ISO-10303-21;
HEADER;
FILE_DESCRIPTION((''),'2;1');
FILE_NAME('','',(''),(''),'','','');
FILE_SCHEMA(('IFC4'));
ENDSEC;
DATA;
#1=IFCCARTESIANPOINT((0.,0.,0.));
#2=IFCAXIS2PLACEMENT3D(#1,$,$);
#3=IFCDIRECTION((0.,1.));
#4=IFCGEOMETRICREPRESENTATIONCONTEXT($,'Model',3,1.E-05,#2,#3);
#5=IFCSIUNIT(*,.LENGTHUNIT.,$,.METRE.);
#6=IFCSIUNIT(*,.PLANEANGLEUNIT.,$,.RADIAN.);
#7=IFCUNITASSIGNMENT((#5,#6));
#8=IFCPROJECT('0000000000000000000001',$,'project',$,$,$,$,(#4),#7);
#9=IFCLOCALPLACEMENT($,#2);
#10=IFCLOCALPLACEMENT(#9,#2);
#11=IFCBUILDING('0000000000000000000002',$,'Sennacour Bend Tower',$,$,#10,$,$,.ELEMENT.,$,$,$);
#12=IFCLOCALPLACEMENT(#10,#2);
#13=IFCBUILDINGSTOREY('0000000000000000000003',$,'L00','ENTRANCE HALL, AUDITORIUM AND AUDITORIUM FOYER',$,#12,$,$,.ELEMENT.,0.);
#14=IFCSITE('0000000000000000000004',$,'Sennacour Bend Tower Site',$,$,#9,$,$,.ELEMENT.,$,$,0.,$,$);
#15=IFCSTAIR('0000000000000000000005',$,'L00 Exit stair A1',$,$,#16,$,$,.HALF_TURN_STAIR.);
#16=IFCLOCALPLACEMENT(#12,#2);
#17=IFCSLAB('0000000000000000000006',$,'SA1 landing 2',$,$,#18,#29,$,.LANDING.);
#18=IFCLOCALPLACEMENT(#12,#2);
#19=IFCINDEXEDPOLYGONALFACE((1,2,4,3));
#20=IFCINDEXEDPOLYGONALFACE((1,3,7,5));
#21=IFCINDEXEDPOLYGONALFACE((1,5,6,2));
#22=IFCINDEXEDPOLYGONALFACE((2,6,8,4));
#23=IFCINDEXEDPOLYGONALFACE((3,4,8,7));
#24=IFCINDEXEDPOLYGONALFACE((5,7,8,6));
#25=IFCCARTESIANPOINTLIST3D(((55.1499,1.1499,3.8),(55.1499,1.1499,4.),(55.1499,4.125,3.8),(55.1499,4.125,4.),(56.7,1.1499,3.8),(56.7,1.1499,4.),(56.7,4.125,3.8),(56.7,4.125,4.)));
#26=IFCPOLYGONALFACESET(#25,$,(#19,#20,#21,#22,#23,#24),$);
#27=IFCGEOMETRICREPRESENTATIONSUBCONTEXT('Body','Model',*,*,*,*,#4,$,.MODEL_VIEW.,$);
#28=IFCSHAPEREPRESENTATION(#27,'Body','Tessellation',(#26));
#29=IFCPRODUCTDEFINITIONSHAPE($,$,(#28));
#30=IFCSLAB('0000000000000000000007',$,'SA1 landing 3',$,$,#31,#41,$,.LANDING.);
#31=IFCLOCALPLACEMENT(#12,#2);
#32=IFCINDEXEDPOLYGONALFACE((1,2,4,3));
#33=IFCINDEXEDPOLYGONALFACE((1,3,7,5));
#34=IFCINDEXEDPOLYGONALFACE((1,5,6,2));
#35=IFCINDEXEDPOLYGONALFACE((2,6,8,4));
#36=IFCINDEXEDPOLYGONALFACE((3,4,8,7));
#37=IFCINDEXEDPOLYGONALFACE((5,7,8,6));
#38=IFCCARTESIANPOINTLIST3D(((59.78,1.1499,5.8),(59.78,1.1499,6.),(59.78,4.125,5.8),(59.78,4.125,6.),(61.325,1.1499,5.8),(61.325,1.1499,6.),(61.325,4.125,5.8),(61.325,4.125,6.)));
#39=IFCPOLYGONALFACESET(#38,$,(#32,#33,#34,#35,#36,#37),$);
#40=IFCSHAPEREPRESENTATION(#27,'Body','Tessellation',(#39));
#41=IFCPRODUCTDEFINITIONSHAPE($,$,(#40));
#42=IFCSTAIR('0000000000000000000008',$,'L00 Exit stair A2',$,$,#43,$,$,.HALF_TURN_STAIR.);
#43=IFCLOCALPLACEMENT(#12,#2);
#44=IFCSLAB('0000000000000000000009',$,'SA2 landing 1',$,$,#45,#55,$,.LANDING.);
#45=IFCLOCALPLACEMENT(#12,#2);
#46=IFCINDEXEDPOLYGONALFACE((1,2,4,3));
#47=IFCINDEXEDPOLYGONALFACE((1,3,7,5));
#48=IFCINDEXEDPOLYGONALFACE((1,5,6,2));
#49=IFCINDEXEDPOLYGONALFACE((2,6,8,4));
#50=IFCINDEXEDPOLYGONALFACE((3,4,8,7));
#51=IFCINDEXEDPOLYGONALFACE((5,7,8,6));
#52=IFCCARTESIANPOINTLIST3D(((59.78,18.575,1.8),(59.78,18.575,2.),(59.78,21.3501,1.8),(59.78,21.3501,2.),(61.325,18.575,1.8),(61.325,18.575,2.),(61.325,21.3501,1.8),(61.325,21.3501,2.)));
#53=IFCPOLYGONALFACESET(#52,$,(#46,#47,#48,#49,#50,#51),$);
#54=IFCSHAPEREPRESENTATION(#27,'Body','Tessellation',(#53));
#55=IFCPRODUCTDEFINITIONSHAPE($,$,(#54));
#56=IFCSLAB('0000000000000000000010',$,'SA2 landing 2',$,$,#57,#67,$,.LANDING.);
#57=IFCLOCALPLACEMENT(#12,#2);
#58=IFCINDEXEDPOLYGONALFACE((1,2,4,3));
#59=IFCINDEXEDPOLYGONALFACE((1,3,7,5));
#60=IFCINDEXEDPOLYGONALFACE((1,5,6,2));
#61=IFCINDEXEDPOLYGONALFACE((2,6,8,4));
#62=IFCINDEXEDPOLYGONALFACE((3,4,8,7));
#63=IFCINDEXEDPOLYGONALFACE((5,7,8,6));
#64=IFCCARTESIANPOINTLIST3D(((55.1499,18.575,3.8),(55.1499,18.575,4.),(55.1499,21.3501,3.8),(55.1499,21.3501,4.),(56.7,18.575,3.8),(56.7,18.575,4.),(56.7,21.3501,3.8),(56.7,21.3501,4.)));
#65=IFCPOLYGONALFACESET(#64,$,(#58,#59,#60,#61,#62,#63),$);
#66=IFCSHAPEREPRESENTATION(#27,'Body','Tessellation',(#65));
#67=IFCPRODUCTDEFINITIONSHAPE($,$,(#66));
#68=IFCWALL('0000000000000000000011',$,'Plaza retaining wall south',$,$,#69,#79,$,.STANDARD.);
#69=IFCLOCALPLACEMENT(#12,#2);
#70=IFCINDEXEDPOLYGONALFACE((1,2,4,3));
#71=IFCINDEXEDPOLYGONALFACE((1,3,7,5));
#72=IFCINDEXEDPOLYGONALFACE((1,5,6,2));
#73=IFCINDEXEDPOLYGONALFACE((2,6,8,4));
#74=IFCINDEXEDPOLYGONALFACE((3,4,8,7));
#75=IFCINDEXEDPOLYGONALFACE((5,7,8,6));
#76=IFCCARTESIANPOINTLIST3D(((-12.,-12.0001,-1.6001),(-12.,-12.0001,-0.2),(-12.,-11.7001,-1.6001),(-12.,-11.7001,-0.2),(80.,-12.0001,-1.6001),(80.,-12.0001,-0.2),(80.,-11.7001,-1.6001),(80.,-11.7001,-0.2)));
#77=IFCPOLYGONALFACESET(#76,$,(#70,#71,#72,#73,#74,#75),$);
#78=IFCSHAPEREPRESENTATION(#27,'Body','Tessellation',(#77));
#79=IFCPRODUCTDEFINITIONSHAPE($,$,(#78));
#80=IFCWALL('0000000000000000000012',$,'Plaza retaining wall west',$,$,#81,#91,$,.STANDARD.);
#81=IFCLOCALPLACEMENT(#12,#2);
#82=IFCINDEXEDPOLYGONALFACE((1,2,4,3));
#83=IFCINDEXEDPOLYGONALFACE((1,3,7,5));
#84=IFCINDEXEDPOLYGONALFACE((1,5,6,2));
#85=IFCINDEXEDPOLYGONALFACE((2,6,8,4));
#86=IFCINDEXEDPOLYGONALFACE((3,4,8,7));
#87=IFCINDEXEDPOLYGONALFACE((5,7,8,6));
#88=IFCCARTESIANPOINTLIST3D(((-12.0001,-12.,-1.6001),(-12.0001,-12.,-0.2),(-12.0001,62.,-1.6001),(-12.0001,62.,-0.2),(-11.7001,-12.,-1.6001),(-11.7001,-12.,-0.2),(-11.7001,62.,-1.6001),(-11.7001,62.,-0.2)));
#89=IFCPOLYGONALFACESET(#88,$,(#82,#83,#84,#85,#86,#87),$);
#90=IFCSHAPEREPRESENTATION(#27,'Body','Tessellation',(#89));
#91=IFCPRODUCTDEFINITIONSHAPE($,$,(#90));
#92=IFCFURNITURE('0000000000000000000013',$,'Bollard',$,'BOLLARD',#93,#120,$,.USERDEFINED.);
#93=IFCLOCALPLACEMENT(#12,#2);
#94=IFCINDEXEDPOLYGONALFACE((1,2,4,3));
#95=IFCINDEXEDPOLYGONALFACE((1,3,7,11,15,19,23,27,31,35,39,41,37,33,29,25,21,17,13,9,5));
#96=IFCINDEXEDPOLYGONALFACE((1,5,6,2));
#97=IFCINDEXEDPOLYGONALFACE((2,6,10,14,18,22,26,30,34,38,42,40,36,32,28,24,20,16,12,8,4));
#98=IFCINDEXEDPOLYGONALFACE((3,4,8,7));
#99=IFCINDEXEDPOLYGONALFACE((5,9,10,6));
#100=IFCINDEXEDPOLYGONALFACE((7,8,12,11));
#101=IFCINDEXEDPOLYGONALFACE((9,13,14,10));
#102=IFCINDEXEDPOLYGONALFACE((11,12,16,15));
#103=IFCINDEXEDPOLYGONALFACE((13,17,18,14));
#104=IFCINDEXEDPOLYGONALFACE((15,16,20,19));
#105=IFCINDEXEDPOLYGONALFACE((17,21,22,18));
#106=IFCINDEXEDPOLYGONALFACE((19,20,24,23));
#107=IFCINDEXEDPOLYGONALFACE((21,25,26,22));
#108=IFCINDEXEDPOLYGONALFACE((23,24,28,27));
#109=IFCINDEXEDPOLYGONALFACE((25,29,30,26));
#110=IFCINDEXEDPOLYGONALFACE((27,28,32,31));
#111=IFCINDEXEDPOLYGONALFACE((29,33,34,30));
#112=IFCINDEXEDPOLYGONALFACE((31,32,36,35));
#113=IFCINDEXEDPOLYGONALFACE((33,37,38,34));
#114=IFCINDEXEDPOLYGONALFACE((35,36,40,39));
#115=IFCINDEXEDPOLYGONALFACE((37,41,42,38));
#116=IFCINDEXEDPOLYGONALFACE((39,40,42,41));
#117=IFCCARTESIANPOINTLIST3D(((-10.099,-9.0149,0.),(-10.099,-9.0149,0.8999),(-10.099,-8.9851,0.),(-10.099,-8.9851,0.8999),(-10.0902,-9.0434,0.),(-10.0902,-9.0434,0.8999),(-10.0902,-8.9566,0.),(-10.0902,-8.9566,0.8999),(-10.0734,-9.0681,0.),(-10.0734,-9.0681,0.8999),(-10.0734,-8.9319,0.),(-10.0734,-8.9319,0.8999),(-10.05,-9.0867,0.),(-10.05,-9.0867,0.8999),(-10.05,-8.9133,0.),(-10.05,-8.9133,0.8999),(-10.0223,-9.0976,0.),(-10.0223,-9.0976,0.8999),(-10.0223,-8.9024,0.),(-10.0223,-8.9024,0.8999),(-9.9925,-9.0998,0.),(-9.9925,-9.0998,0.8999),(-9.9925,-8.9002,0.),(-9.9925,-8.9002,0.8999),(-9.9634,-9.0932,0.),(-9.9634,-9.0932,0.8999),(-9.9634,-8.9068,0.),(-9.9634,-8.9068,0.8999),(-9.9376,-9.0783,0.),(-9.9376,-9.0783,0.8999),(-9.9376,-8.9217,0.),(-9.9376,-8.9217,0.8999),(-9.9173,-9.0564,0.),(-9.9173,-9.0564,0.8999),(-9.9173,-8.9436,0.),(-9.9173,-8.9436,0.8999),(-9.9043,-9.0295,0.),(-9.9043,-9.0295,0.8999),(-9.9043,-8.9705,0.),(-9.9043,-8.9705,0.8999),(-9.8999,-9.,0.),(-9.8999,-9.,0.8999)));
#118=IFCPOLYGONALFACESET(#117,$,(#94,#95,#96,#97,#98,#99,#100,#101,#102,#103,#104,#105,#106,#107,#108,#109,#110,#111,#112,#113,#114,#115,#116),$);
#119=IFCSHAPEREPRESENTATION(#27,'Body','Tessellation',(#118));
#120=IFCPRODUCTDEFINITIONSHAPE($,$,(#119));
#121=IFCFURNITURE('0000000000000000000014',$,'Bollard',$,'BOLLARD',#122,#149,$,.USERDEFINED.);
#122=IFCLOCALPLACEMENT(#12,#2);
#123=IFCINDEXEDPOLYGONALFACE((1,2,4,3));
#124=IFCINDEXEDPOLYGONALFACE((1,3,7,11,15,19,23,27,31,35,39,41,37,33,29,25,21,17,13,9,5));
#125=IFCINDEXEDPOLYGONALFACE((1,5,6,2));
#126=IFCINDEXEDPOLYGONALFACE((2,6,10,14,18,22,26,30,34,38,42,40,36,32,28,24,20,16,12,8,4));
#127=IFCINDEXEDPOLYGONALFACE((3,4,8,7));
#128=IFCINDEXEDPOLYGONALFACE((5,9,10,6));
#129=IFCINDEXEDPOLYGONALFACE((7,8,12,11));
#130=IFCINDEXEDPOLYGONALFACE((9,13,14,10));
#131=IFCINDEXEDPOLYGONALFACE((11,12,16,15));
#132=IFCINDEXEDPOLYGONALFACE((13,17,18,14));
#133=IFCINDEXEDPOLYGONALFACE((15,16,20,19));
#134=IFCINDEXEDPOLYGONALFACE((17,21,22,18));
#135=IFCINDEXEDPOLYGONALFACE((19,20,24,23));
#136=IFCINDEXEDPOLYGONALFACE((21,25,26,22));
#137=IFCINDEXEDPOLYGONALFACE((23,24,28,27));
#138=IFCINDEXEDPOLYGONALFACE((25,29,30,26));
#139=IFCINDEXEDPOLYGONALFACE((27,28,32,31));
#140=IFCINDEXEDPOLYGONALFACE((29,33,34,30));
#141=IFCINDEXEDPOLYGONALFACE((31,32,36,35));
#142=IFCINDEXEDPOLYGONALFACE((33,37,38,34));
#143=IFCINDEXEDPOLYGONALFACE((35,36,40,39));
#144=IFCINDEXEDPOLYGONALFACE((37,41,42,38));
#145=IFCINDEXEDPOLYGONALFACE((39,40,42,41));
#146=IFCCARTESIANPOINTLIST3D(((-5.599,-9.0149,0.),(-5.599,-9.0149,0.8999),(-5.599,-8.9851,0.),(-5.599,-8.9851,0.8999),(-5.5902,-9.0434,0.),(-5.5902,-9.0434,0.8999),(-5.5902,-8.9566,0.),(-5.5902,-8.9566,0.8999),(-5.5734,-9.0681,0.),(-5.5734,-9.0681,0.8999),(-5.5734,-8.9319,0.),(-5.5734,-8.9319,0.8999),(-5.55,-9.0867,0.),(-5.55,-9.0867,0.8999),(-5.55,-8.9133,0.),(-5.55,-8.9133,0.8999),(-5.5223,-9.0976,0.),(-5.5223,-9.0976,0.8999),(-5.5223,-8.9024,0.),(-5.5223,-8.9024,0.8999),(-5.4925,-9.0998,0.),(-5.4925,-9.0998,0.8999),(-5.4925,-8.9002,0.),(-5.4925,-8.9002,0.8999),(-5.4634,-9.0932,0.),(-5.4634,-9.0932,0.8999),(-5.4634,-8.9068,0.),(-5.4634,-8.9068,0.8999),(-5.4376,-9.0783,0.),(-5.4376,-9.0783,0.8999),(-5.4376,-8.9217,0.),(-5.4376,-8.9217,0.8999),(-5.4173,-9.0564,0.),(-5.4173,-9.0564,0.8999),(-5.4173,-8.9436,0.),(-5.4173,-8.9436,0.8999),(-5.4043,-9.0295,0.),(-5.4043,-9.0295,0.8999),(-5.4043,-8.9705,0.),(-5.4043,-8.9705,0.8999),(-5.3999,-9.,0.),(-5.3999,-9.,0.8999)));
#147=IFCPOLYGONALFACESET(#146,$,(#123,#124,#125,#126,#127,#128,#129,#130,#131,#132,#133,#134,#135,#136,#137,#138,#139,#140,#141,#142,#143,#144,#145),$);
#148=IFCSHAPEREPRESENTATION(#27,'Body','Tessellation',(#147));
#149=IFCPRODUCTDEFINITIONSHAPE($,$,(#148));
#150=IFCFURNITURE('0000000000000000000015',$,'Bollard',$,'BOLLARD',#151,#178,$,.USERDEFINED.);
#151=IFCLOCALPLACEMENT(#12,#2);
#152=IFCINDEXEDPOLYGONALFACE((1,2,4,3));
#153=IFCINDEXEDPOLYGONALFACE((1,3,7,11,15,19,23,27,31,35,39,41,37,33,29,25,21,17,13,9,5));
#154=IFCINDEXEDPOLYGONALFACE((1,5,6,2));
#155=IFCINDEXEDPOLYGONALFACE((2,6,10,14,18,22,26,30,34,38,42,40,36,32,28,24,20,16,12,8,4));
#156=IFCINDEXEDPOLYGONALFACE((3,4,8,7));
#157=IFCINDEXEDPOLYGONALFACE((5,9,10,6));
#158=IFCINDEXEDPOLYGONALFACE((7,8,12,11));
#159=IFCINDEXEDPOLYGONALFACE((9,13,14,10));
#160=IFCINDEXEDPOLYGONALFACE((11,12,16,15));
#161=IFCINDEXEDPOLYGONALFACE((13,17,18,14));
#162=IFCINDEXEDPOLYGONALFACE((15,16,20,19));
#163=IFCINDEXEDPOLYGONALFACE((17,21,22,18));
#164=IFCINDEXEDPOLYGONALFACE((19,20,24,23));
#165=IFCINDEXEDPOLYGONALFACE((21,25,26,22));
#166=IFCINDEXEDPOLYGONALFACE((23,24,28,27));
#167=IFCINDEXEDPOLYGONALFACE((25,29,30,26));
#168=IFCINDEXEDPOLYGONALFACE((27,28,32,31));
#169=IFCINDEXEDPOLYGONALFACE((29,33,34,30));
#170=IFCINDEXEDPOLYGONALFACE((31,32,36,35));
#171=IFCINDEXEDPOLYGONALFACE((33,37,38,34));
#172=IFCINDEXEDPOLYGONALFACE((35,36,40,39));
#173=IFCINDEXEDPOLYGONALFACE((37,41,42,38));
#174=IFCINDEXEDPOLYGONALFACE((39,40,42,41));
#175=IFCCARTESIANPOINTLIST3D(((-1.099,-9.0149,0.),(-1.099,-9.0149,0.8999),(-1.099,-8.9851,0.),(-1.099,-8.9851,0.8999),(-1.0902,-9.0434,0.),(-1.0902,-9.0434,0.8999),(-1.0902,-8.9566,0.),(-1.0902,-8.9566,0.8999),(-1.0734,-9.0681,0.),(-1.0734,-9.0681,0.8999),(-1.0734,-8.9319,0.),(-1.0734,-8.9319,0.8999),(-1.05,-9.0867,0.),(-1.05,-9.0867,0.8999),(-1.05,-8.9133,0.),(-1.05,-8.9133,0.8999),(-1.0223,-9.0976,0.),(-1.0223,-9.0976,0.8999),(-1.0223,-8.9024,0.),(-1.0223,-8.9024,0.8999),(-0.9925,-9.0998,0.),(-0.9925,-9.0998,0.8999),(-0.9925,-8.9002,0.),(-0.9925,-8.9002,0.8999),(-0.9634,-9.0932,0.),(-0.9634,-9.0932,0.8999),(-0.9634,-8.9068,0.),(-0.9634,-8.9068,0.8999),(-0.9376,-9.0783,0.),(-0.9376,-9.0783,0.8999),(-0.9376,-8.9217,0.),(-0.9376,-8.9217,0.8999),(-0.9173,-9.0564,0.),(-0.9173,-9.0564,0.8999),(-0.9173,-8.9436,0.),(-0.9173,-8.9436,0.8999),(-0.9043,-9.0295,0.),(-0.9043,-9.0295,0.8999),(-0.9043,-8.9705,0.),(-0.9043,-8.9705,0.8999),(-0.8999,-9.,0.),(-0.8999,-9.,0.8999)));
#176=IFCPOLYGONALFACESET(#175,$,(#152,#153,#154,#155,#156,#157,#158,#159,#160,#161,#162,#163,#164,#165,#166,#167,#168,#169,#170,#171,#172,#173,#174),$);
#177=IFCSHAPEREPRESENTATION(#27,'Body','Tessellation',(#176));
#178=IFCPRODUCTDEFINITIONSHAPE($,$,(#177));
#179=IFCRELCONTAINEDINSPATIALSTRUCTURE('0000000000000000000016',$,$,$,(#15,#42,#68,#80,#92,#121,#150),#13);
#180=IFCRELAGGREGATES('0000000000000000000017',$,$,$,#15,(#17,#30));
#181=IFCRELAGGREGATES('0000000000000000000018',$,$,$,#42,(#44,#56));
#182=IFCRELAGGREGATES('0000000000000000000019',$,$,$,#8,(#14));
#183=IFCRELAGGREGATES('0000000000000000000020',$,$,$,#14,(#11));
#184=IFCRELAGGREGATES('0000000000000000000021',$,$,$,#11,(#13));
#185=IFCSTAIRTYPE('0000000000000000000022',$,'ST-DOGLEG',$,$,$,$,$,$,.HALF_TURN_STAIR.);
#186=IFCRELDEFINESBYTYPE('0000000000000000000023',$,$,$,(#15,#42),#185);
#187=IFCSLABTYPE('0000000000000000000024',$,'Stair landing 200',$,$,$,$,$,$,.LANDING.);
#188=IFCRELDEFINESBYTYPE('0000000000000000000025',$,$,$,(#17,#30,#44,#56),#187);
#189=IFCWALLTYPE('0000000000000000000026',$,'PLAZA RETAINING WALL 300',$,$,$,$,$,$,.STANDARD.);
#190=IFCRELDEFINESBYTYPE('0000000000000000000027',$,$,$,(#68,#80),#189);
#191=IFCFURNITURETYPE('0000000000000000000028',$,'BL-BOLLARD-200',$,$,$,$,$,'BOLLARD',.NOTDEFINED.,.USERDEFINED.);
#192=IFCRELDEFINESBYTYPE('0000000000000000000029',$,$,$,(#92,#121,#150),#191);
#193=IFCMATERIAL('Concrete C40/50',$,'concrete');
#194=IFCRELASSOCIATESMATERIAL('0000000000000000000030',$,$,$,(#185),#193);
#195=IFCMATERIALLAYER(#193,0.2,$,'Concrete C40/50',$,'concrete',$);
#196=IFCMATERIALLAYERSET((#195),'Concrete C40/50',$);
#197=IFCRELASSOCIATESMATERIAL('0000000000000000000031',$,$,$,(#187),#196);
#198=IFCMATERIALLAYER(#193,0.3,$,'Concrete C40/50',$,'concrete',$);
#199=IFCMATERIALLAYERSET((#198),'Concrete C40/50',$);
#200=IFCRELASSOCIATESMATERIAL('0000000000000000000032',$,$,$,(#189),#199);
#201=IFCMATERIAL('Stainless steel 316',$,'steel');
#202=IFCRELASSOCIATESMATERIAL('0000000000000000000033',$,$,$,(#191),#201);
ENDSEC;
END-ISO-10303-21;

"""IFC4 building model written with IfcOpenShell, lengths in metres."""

from ifc_helpers import new_model, si_unit, direction, frame, frame_2d, origin, origin_2d, place, context, subcontext, project, spatial, polyline, rectangle, circle, outline, extrude, material, layer, layer_set, type_object, element, aggregate, save


model = new_model("IFC4")

# Units and contexts
model_context = context("Model", 3, precision=1e-05, world=origin(), true_north=direction((0.0, 1.0)))
body_context = subcontext(model_context, "Body", "Model", "MODEL_VIEW")
ifc_project = project(units=[si_unit("LENGTHUNIT", "METRE"), si_unit("PLANEANGLEUNIT", "RADIAN")], contexts=[model_context])

# Site, building, storey
site_placement = place(None, origin())
site = spatial("IfcSite", under=ifc_project, at=site_placement, Name="Sennacour Bend Tower Site", CompositionType="ELEMENT", RefElevation=0.0)
building_placement = place(site_placement, origin())
building = spatial("IfcBuilding", under=site, at=building_placement, Name="Sennacour Bend Tower", CompositionType="ELEMENT")
storey_placement = place(building_placement, origin())
storey = spatial("IfcBuildingStorey", under=building, at=storey_placement, Name="L00", Description="ENTRANCE HALL, AUDITORIUM AND AUDITORIUM FOYER", CompositionType="ELEMENT", Elevation=0.0)

# Shared definitions
ifc_material_1 = material(Name="Concrete C40/50", Category="concrete")

# Stairs, slabs
stair_type = type_object("IfcStairType", Name="ST-DOGLEG", PredefinedType="HALF_TURN_STAIR", material=ifc_material_1)
stair_1_placement = place(storey_placement, origin())
stair_1 = element("IfcStair", 1, at=stair_1_placement, inside=storey, type_object=stair_type, Name="L00 Exit stair A1", PredefinedType="HALF_TURN_STAIR")
ifc_layer_1 = layer(ifc_material_1, 0.2, Name="Concrete C40/50", Category="concrete")
ifc_layer_set_1 = layer_set([ifc_layer_1], Name="Concrete C40/50")
slab_type_1 = type_object("IfcSlabType", Name="Stair landing 200", PredefinedType="LANDING", material=ifc_layer_set_1)
slab_1_placement = place(storey_placement, frame((0.0, 0.0, 3.8)))
slab_1 = element("IfcSlab", 2, at=slab_1_placement, type_object=slab_type_1, Name="SA1 landing 2", PredefinedType="LANDING", context=body_context, shape_type="SweptSolid", body=[
    extrude(outline(polyline([(55.1499, 1.1499), (56.7, 1.1499), (56.7, 4.125), (55.1499, 4.125), (55.1499, 1.1499)])), origin(), (0.0, 0.0, 1.0), 0.2),
])
slab_2_placement = place(storey_placement, frame((0.0, 0.0, 5.8)))
slab_2 = element("IfcSlab", 3, at=slab_2_placement, type_object=slab_type_1, Name="SA1 landing 3", PredefinedType="LANDING", context=body_context, shape_type="SweptSolid", body=[
    extrude(outline(polyline([(59.78, 1.1499), (61.325, 1.1499), (61.325, 4.125), (59.78, 4.125), (59.78, 1.1499)])), origin(), (0.0, 0.0, 1.0), 0.2),
])
aggregate(stair_1, [slab_1, slab_2])
stair_2_placement = place(storey_placement, origin())
stair_2 = element("IfcStair", 4, at=stair_2_placement, inside=storey, type_object=stair_type, Name="L00 Exit stair A2", PredefinedType="HALF_TURN_STAIR")
slab_3_placement = place(storey_placement, frame((0.0, 0.0, 1.8)))
slab_3 = element("IfcSlab", 5, at=slab_3_placement, type_object=slab_type_1, Name="SA2 landing 1", PredefinedType="LANDING", context=body_context, shape_type="SweptSolid", body=[
    extrude(outline(polyline([(59.78, 18.575), (61.325, 18.575), (61.325, 21.3501), (59.78, 21.3501), (59.78, 18.575)])), origin(), (0.0, 0.0, 1.0), 0.2),
])
slab_4_placement = place(storey_placement, frame((0.0, 0.0, 3.8)))
slab_4 = element("IfcSlab", 6, at=slab_4_placement, type_object=slab_type_1, Name="SA2 landing 2", PredefinedType="LANDING", context=body_context, shape_type="SweptSolid", body=[
    extrude(outline(polyline([(55.1499, 18.575), (56.7, 18.575), (56.7, 21.3501), (55.1499, 21.3501), (55.1499, 18.575)])), origin(), (0.0, 0.0, 1.0), 0.2),
])
aggregate(stair_2, [slab_3, slab_4])

# Walls
ifc_layer_2 = layer(ifc_material_1, 0.3, Name="Concrete C40/50", Category="concrete")
ifc_layer_set_2 = layer_set([ifc_layer_2], Name="Concrete C40/50")
wall_type = type_object("IfcWallType", Name="PLAZA RETAINING WALL 300", PredefinedType="STANDARD", material=ifc_layer_set_2)
wall_1_placement = place(storey_placement, frame((-12.0, -11.8501, -1.6001), z_axis=(0.0, 0.0, 1.0), x_axis=(1.0, 0.0, 0.0)))
element("IfcWall", 7, at=wall_1_placement, inside=storey, type_object=wall_type, Name="Plaza retaining wall south", PredefinedType="STANDARD", context=body_context, shape_type="SweptSolid", body=[
    extrude(rectangle(XDim=92.0, YDim=0.3, at=frame_2d((46.0, 0.0))), origin(), (0.0, 0.0, 1.0), 1.4001),
])
wall_2_placement = place(storey_placement, frame((-11.8501, -12.0, -1.6001), z_axis=(0.0, 0.0, 1.0), x_axis=(0.0, 1.0, 0.0)))
element("IfcWall", 8, at=wall_2_placement, inside=storey, type_object=wall_type, Name="Plaza retaining wall west", PredefinedType="STANDARD", context=body_context, shape_type="SweptSolid", body=[
    extrude(rectangle(XDim=74.0, YDim=0.3, at=frame_2d((37.0, 0.0))), origin(), (0.0, 0.0, 1.0), 1.4001),
])

# Shared definitions
ifc_material_2 = material(Name="Stainless steel 316", Category="steel")

# Furniture
furniture_type = type_object("IfcFurnitureType", Name="BL-BOLLARD-200", ElementType="BOLLARD", AssemblyPlace="NOTDEFINED", PredefinedType="USERDEFINED", material=ifc_material_2)
for number, where, z_axis, x_axis, name in (
    (9, (-10.0, -9.0, 0.8999), (0.0, 0.0, -1.0), (1.0, 0.0, 0.0), "Bollard"),
    (10, (-5.5, -9.0, 0.8999), (0.0, 0.0, -1.0), (1.0, 0.0, 0.0), "Bollard"),
    (11, (-1.0, -9.0, 0.8999), (0.0, 0.0, -1.0), (1.0, 0.0, 0.0), "Bollard"),
):
    element("IfcFurniture", number, at=place(storey_placement, frame(where, z_axis=z_axis, x_axis=x_axis)), inside=storey, type_object=furniture_type, Name=name, ObjectType="BOLLARD", PredefinedType="USERDEFINED", context=body_context, shape_type="SweptSolid", body=[
        extrude(circle(Radius=0.1001, at=origin_2d()), origin(), (0.0, 0.0, 1.0), 0.8999),
    ])

save(model, "model.ifc")
